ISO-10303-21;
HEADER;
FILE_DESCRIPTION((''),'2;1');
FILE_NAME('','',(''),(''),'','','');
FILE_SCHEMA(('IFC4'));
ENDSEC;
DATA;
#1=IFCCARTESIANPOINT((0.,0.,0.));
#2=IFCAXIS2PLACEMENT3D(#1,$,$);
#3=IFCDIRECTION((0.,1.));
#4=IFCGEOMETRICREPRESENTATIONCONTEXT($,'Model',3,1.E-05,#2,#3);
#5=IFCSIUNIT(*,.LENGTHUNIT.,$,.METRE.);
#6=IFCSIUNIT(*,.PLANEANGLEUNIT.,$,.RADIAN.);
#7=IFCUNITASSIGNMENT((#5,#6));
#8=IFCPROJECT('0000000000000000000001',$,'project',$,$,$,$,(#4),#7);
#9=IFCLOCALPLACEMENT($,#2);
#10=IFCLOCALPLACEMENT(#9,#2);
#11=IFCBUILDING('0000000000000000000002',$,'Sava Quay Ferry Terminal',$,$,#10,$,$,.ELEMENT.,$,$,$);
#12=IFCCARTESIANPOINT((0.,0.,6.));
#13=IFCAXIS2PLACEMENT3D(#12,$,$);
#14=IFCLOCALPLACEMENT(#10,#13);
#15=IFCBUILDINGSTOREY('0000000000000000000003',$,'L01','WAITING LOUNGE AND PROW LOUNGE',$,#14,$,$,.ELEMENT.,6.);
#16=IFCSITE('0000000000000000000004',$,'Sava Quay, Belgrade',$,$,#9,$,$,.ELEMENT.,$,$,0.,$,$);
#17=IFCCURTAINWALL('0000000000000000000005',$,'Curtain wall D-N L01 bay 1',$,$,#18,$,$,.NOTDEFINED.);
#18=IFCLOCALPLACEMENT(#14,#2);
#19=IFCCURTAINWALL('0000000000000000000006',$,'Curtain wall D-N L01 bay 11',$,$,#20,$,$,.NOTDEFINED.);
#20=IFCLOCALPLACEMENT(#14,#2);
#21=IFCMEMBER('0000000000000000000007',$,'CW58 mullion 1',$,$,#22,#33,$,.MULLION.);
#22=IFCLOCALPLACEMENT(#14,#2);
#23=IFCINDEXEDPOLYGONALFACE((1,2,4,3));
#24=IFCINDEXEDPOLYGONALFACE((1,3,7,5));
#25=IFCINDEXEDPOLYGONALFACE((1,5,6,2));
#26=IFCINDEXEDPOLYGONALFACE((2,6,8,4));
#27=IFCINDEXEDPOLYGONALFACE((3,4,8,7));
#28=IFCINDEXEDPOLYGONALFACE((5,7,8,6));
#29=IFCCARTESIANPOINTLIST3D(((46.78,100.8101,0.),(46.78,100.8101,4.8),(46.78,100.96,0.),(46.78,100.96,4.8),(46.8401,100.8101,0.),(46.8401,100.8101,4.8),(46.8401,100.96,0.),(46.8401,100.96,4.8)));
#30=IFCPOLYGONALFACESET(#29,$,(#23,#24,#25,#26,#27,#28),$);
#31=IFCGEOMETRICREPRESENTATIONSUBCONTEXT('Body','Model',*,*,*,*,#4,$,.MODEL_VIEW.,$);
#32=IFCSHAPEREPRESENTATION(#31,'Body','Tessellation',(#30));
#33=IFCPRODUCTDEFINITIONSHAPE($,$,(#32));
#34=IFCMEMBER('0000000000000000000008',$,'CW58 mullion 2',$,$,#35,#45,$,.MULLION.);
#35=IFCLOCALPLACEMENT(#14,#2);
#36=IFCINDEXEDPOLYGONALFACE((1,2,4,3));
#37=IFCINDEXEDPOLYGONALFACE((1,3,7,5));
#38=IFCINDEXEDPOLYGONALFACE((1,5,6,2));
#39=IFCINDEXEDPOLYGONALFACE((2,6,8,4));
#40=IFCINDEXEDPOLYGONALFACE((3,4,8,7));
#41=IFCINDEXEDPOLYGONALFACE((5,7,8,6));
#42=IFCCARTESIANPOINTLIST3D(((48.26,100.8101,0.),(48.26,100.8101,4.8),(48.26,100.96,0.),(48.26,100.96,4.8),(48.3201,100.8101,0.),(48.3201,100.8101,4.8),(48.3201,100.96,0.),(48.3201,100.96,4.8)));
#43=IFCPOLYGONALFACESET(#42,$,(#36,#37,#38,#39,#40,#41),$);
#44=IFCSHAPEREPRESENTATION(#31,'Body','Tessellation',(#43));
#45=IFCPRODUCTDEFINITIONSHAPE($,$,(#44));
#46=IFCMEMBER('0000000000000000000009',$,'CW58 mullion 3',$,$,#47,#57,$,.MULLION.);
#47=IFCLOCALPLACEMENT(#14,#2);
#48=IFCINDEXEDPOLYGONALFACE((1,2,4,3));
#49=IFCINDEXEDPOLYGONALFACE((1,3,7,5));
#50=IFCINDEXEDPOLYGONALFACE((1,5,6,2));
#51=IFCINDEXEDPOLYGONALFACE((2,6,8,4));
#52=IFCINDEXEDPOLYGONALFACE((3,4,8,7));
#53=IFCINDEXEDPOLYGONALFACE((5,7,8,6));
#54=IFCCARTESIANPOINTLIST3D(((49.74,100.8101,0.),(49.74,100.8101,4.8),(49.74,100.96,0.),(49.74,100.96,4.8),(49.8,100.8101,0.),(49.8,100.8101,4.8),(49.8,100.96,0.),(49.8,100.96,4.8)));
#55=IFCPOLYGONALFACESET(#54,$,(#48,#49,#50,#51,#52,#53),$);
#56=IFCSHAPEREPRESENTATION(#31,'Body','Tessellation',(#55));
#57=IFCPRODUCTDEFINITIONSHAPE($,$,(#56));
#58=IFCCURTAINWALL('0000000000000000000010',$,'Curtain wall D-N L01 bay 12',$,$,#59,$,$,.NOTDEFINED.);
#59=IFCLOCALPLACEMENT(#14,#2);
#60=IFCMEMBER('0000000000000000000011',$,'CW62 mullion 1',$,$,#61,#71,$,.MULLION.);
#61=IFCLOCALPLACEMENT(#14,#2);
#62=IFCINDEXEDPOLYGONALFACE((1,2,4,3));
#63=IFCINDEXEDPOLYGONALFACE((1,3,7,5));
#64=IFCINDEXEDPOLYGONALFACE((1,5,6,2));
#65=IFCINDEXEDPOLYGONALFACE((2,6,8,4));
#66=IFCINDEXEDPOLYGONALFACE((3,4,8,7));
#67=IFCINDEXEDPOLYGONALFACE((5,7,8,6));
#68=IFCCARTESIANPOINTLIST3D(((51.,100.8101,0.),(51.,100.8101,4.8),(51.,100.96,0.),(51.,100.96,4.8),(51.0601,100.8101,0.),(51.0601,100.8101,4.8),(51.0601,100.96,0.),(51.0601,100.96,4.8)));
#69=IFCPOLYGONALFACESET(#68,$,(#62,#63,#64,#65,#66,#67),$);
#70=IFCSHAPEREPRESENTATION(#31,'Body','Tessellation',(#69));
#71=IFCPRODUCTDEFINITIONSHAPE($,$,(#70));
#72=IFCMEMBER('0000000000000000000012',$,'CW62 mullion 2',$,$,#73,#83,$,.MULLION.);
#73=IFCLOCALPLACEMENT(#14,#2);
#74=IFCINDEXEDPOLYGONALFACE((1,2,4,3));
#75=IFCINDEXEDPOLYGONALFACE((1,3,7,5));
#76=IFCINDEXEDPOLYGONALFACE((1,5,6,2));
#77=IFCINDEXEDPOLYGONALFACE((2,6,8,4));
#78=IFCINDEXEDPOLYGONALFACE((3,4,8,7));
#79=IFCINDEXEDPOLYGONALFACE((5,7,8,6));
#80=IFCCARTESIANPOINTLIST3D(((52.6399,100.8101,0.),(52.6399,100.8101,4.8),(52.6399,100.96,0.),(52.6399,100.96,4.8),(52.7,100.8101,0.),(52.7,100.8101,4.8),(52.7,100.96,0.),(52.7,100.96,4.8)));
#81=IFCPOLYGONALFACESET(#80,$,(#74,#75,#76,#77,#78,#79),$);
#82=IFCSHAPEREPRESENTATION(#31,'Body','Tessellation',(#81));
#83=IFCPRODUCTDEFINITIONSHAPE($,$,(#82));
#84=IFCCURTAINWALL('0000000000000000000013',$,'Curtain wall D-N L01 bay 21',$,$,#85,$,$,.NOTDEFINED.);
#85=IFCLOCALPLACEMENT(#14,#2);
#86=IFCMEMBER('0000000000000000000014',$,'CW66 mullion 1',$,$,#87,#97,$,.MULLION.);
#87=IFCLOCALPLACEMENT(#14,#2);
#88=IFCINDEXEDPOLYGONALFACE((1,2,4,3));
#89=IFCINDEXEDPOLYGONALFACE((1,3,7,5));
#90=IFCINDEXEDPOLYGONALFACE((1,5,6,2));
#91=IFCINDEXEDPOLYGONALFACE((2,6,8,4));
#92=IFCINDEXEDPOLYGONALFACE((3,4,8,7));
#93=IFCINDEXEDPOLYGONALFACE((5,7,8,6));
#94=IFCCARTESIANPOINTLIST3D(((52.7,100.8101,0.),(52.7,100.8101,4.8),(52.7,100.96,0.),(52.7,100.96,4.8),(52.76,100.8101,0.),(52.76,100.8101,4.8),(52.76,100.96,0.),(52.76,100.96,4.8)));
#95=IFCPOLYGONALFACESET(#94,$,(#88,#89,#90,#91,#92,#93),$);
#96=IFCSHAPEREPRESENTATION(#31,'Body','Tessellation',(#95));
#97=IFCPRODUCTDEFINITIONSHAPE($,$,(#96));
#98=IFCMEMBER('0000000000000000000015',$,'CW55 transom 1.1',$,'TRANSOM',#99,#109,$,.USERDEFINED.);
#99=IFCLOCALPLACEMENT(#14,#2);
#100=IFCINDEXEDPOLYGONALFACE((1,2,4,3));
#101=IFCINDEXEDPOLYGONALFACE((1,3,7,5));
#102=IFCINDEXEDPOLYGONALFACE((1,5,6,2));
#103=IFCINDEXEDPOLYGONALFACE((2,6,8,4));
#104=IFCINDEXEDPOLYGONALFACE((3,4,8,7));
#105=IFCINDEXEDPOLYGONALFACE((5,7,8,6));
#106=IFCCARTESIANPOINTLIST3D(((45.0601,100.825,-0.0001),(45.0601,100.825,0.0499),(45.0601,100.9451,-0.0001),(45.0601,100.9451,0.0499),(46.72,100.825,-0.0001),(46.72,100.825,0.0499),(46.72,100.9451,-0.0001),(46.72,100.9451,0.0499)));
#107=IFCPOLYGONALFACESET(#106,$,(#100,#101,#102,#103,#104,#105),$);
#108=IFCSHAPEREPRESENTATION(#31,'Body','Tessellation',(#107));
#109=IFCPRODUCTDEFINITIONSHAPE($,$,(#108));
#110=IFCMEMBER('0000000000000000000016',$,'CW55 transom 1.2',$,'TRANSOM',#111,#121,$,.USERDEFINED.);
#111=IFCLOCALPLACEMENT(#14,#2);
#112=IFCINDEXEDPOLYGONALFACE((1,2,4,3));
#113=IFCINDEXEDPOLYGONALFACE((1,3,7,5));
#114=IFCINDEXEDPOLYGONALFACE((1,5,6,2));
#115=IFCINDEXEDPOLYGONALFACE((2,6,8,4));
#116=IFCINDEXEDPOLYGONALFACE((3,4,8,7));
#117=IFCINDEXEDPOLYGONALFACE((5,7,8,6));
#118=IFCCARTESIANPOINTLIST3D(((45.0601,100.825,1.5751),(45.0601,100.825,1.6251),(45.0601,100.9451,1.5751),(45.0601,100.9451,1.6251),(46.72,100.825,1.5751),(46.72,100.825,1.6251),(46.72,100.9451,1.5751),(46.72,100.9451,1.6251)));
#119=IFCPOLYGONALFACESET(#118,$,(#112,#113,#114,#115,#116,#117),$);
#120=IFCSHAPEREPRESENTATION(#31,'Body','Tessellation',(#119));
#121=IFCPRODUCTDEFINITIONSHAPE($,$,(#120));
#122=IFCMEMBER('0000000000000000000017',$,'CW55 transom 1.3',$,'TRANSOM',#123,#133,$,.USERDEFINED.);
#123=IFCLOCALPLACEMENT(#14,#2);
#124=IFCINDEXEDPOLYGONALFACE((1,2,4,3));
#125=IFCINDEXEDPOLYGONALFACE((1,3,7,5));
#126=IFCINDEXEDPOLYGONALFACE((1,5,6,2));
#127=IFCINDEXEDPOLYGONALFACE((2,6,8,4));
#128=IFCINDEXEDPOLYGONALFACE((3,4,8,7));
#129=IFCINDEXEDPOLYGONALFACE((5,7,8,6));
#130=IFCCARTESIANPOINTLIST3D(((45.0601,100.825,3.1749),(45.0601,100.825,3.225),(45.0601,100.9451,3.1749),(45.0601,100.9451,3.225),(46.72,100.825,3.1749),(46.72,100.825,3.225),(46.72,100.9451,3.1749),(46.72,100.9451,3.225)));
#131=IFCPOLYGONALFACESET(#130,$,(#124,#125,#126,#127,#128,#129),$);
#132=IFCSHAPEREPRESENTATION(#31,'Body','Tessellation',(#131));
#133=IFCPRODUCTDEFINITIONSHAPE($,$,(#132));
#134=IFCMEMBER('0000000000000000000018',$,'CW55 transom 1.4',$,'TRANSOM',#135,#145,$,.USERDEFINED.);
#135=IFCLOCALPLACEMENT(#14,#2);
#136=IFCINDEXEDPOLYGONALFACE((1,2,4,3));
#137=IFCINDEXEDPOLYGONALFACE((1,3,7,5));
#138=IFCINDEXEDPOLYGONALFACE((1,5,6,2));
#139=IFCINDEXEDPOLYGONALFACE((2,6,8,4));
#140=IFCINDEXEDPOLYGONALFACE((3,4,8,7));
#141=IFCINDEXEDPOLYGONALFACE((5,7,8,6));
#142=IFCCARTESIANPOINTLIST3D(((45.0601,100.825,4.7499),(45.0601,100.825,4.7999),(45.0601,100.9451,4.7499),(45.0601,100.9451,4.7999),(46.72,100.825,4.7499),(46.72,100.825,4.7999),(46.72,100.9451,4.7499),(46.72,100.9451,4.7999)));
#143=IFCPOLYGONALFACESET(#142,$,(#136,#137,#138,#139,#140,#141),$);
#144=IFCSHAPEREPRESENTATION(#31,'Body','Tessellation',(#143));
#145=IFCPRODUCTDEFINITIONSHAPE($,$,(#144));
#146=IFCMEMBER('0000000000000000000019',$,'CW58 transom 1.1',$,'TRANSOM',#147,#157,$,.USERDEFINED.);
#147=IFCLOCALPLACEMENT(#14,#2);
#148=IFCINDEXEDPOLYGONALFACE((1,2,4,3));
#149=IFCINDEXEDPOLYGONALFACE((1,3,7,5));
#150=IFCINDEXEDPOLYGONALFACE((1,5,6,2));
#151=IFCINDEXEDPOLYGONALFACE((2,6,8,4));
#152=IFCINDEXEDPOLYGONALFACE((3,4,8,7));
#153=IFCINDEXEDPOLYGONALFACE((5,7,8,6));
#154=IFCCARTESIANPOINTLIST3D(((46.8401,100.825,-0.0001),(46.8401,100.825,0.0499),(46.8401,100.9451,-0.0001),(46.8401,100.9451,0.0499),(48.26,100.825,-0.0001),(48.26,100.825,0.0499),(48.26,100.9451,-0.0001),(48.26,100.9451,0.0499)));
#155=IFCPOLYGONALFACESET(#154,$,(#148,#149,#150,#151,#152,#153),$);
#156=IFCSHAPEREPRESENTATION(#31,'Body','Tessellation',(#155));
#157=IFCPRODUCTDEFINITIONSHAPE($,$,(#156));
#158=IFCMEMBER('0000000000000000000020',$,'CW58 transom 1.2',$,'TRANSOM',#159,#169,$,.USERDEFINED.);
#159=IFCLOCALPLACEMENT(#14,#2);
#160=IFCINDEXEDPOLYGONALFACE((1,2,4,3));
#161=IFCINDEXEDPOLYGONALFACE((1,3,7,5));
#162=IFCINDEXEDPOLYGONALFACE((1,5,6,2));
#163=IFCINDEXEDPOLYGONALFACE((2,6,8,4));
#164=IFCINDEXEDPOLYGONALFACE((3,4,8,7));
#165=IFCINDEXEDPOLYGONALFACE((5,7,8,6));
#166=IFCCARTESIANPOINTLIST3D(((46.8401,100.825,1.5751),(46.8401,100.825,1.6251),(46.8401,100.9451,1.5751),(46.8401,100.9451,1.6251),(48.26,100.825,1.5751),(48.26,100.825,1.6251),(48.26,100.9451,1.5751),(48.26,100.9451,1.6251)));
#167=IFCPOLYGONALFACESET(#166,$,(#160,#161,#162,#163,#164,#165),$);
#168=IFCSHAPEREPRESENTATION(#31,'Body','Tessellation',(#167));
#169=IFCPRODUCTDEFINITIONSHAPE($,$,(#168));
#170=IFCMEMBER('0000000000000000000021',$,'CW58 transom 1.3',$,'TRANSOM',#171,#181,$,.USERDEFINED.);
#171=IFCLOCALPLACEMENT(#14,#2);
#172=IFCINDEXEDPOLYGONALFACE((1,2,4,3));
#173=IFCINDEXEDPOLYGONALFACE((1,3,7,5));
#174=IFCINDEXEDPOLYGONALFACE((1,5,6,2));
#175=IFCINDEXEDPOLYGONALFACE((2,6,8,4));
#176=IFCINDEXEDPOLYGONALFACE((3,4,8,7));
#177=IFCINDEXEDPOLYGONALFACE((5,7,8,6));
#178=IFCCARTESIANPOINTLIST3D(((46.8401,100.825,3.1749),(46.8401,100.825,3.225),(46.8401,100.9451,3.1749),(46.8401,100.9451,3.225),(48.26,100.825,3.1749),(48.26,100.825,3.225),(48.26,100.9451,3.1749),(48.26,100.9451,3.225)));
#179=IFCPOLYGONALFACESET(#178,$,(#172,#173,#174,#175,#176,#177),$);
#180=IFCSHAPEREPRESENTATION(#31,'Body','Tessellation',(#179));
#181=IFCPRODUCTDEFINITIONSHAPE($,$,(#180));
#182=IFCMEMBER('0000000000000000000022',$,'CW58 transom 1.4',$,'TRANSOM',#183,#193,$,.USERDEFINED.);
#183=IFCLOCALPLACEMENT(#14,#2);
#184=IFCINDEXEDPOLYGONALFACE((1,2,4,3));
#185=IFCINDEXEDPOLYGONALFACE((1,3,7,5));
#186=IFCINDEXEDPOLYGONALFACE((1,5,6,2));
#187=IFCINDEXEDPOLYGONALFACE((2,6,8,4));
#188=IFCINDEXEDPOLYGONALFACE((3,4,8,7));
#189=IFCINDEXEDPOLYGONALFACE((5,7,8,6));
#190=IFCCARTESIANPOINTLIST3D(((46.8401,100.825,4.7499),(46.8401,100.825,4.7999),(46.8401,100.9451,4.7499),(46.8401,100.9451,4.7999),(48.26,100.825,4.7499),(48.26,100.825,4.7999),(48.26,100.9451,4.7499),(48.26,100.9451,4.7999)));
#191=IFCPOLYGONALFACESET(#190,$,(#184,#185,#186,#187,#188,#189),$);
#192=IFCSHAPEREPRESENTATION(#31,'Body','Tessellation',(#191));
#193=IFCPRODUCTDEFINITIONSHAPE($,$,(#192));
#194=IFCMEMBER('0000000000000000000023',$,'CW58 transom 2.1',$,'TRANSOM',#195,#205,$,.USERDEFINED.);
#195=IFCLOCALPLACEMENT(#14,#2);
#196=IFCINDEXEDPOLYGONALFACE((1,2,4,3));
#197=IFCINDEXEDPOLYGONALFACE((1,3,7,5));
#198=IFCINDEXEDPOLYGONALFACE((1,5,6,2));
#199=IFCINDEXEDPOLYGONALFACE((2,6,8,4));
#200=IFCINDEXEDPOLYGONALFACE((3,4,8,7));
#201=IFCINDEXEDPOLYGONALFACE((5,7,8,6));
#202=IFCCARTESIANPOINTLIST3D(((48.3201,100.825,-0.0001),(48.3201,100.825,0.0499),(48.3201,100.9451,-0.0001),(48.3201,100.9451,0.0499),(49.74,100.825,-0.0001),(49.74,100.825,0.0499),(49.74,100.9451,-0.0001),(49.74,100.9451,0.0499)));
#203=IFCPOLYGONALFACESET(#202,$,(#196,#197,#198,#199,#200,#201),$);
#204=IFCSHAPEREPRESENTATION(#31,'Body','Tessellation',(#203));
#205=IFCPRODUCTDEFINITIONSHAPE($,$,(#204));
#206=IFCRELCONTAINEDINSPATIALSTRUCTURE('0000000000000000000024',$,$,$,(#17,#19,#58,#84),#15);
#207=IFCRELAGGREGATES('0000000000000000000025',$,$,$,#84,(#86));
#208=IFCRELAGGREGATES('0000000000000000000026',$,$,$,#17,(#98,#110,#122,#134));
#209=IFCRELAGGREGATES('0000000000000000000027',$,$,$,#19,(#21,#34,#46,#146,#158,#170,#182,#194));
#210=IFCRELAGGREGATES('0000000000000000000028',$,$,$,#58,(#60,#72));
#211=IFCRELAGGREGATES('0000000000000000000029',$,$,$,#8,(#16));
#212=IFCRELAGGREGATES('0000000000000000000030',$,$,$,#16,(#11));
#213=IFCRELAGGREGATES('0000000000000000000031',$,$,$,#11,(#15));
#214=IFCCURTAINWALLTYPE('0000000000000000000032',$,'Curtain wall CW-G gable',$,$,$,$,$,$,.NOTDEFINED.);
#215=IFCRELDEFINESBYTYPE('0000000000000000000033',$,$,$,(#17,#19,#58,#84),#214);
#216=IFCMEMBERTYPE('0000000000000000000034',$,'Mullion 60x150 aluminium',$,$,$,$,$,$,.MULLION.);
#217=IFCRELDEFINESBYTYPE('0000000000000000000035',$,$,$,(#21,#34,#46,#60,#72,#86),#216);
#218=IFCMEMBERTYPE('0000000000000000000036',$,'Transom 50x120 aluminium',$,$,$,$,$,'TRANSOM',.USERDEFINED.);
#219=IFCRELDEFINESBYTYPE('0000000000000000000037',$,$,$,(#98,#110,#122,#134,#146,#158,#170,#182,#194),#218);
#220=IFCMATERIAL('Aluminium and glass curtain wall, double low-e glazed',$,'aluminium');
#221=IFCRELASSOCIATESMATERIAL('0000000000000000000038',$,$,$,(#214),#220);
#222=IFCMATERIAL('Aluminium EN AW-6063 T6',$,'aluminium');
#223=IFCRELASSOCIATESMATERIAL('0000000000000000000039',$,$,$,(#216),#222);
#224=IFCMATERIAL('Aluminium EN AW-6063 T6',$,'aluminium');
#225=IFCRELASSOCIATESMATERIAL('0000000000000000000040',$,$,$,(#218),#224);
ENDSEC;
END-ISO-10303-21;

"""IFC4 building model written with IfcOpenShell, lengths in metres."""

from ifc_helpers import new_model, si_unit, direction, frame, origin, origin_2d, place, context, subcontext, project, spatial, rectangle, extrude, material, material_profile, profile_set, type_object, element, aggregate, save


model = new_model("IFC4")

# Units and contexts
model_context = context("Model", 3, precision=1e-05, world=origin(), true_north=direction((0.0, 1.0)))
body_context = subcontext(model_context, "Body", "Model", "MODEL_VIEW")
ifc_project = project(units=[si_unit("LENGTHUNIT", "METRE"), si_unit("PLANEANGLEUNIT", "RADIAN")], contexts=[model_context])

# Site, building, storey
site_placement = place(None, origin())
site = spatial("IfcSite", under=ifc_project, at=site_placement, Name="Sava Quay, Belgrade", CompositionType="ELEMENT", RefElevation=0.0)
building_placement = place(site_placement, origin())
building = spatial("IfcBuilding", under=site, at=building_placement, Name="Sava Quay Ferry Terminal", CompositionType="ELEMENT")
storey_placement = place(building_placement, frame((0.0, 0.0, 6.0)))
storey = spatial("IfcBuildingStorey", under=building, at=storey_placement, Name="L01", Description="WAITING LOUNGE AND PROW LOUNGE", CompositionType="ELEMENT", Elevation=6.0)

# Curtain walls, members
ifc_material_1 = material(Name="Aluminium and glass curtain wall, double low-e glazed", Category="aluminium")
curtain_wall_type = type_object("IfcCurtainWallType", Name="Curtain wall CW-G gable", PredefinedType="NOTDEFINED", material=ifc_material_1)
curtain_wall_1_placement = place(storey_placement, origin())
curtain_wall_1 = element("IfcCurtainWall", 1, at=curtain_wall_1_placement, inside=storey, type_object=curtain_wall_type, Name="Curtain wall D-N L01 bay 1", PredefinedType="NOTDEFINED")
ifc_material_2 = material(Name="Aluminium EN AW-6063 T6", Category="aluminium")
ifc_material_profile_1 = material_profile(ifc_material_2, rectangle(XDim=0.1499, YDim=0.0601, at=origin_2d()), Name="Mullion 60x150 aluminium")
ifc_profile_set_1 = profile_set([ifc_material_profile_1], Name="Aluminium EN AW-6063 T6")
member_type_1 = type_object("IfcMemberType", Name="Mullion 60x150 aluminium", PredefinedType="MULLION", material=ifc_profile_set_1)
curtain_wall_2_placement = place(storey_placement, origin())
curtain_wall_2 = element("IfcCurtainWall", 2, at=curtain_wall_2_placement, inside=storey, type_object=curtain_wall_type, Name="Curtain wall D-N L01 bay 11", PredefinedType="NOTDEFINED")
member_1_placement = place(storey_placement, frame((46.8101, 100.885, 0.0), z_axis=(0.0, 0.0, 1.0), x_axis=(0.0, 1.0, 0.0)))
member_1 = element("IfcMember", 3, at=member_1_placement, type_object=member_type_1, Name="CW58 mullion 1", PredefinedType="MULLION", context=body_context, shape_type="SweptSolid", body=[
    extrude(rectangle(XDim=0.1499, YDim=0.0601, at=origin_2d()), origin(), (0.0, 0.0, 1.0), 4.8),
])
member_2_placement = place(storey_placement, frame((48.29, 100.885, 0.0), z_axis=(0.0, 0.0, 1.0), x_axis=(0.0, 1.0, 0.0)))
member_2 = element("IfcMember", 4, at=member_2_placement, type_object=member_type_1, Name="CW58 mullion 2", PredefinedType="MULLION", context=body_context, shape_type="SweptSolid", body=[
    extrude(rectangle(XDim=0.1499, YDim=0.0601, at=origin_2d()), origin(), (0.0, 0.0, 1.0), 4.8),
])
member_3_placement = place(storey_placement, frame((49.77, 100.885, 0.0), z_axis=(0.0, 0.0, 1.0), x_axis=(0.0, 1.0, 0.0)))
member_3 = element("IfcMember", 5, at=member_3_placement, type_object=member_type_1, Name="CW58 mullion 3", PredefinedType="MULLION", context=body_context, shape_type="SweptSolid", body=[
    extrude(rectangle(XDim=0.1499, YDim=0.0601, at=origin_2d()), origin(), (0.0, 0.0, 1.0), 4.8),
])
curtain_wall_3_placement = place(storey_placement, origin())
curtain_wall_3 = element("IfcCurtainWall", 6, at=curtain_wall_3_placement, inside=storey, type_object=curtain_wall_type, Name="Curtain wall D-N L01 bay 12", PredefinedType="NOTDEFINED")
member_4_placement = place(storey_placement, frame((51.03, 100.885, 0.0), z_axis=(0.0, 0.0, 1.0), x_axis=(0.0, 1.0, 0.0)))
member_4 = element("IfcMember", 7, at=member_4_placement, type_object=member_type_1, Name="CW62 mullion 1", PredefinedType="MULLION", context=body_context, shape_type="SweptSolid", body=[
    extrude(rectangle(XDim=0.1499, YDim=0.0601, at=origin_2d()), origin(), (0.0, 0.0, 1.0), 4.8),
])
member_5_placement = place(storey_placement, frame((52.6699, 100.885, 0.0), z_axis=(0.0, 0.0, 1.0), x_axis=(0.0, 1.0, 0.0)))
member_5 = element("IfcMember", 8, at=member_5_placement, type_object=member_type_1, Name="CW62 mullion 2", PredefinedType="MULLION", context=body_context, shape_type="SweptSolid", body=[
    extrude(rectangle(XDim=0.1499, YDim=0.0601, at=origin_2d()), origin(), (0.0, 0.0, 1.0), 4.8),
])

# Curtain wall, member
curtain_wall_4_placement = place(storey_placement, origin())
curtain_wall_4 = element("IfcCurtainWall", 9, at=curtain_wall_4_placement, inside=storey, type_object=curtain_wall_type, Name="Curtain wall D-N L01 bay 21", PredefinedType="NOTDEFINED")
member_6_placement = place(storey_placement, frame((52.73, 100.885, 0.0), z_axis=(0.0, 0.0, 1.0), x_axis=(0.0, 1.0, 0.0)))
member_6 = element("IfcMember", 10, at=member_6_placement, type_object=member_type_1, Name="CW66 mullion 1", PredefinedType="MULLION", context=body_context, shape_type="SweptSolid", body=[
    extrude(rectangle(XDim=0.1499, YDim=0.0601, at=origin_2d()), origin(), (0.0, 0.0, 1.0), 4.8),
])
aggregate(curtain_wall_4, [member_6])

# Members
ifc_material_3 = material(Name="Aluminium EN AW-6063 T6", Category="aluminium")
ifc_material_profile_2 = material_profile(ifc_material_3, rectangle(XDim=0.1201, YDim=0.05, at=origin_2d()), Name="Transom 50x120 aluminium")
ifc_profile_set_2 = profile_set([ifc_material_profile_2], Name="Aluminium EN AW-6063 T6")
member_type_2 = type_object("IfcMemberType", Name="Transom 50x120 aluminium", ElementType="TRANSOM", PredefinedType="USERDEFINED", material=ifc_profile_set_2)
member_7_placement = place(storey_placement, frame((45.0601, 100.885, 0.0249), z_axis=(1.0, 0.0, 0.0), x_axis=(0.0, 1.0, 0.0)))
member_7 = element("IfcMember", 11, at=member_7_placement, type_object=member_type_2, Name="CW55 transom 1.1", ObjectType="TRANSOM", PredefinedType="USERDEFINED", context=body_context, shape_type="SweptSolid", body=[
    extrude(rectangle(XDim=0.1201, YDim=0.05, at=origin_2d()), origin(), (0.0, 0.0, 1.0), 1.6599),
])
member_8_placement = place(storey_placement, frame((45.0601, 100.885, 1.6001), z_axis=(1.0, 0.0, 0.0), x_axis=(0.0, 1.0, 0.0)))
member_8 = element("IfcMember", 12, at=member_8_placement, type_object=member_type_2, Name="CW55 transom 1.2", ObjectType="TRANSOM", PredefinedType="USERDEFINED", context=body_context, shape_type="SweptSolid", body=[
    extrude(rectangle(XDim=0.1201, YDim=0.05, at=origin_2d()), origin(), (0.0, 0.0, 1.0), 1.6599),
])
member_9_placement = place(storey_placement, frame((45.0601, 100.885, 3.2), z_axis=(1.0, 0.0, 0.0), x_axis=(0.0, 1.0, 0.0)))
member_9 = element("IfcMember", 13, at=member_9_placement, type_object=member_type_2, Name="CW55 transom 1.3", ObjectType="TRANSOM", PredefinedType="USERDEFINED", context=body_context, shape_type="SweptSolid", body=[
    extrude(rectangle(XDim=0.1201, YDim=0.05, at=origin_2d()), origin(), (0.0, 0.0, 1.0), 1.6599),
])
member_10_placement = place(storey_placement, frame((45.0601, 100.885, 4.7749), z_axis=(1.0, 0.0, 0.0), x_axis=(0.0, 1.0, 0.0)))
member_10 = element("IfcMember", 14, at=member_10_placement, type_object=member_type_2, Name="CW55 transom 1.4", ObjectType="TRANSOM", PredefinedType="USERDEFINED", context=body_context, shape_type="SweptSolid", body=[
    extrude(rectangle(XDim=0.1201, YDim=0.05, at=origin_2d()), origin(), (0.0, 0.0, 1.0), 1.6599),
])
member_11_placement = place(storey_placement, frame((46.8401, 100.885, 0.0249), z_axis=(1.0, 0.0, 0.0), x_axis=(0.0, 1.0, 0.0)))
member_11 = element("IfcMember", 15, at=member_11_placement, type_object=member_type_2, Name="CW58 transom 1.1", ObjectType="TRANSOM", PredefinedType="USERDEFINED", context=body_context, shape_type="SweptSolid", body=[
    extrude(rectangle(XDim=0.1201, YDim=0.05, at=origin_2d()), origin(), (0.0, 0.0, 1.0), 1.4199),
])
member_12_placement = place(storey_placement, frame((46.8401, 100.885, 1.6001), z_axis=(1.0, 0.0, 0.0), x_axis=(0.0, 1.0, 0.0)))
member_12 = element("IfcMember", 16, at=member_12_placement, type_object=member_type_2, Name="CW58 transom 1.2", ObjectType="TRANSOM", PredefinedType="USERDEFINED", context=body_context, shape_type="SweptSolid", body=[
    extrude(rectangle(XDim=0.1201, YDim=0.05, at=origin_2d()), origin(), (0.0, 0.0, 1.0), 1.4199),
])
member_13_placement = place(storey_placement, frame((46.8401, 100.885, 3.2), z_axis=(1.0, 0.0, 0.0), x_axis=(0.0, 1.0, 0.0)))
member_13 = element("IfcMember", 17, at=member_13_placement, type_object=member_type_2, Name="CW58 transom 1.3", ObjectType="TRANSOM", PredefinedType="USERDEFINED", context=body_context, shape_type="SweptSolid", body=[
    extrude(rectangle(XDim=0.1201, YDim=0.05, at=origin_2d()), origin(), (0.0, 0.0, 1.0), 1.4199),
])
member_14_placement = place(storey_placement, frame((46.8401, 100.885, 4.7749), z_axis=(1.0, 0.0, 0.0), x_axis=(0.0, 1.0, 0.0)))
member_14 = element("IfcMember", 18, at=member_14_placement, type_object=member_type_2, Name="CW58 transom 1.4", ObjectType="TRANSOM", PredefinedType="USERDEFINED", context=body_context, shape_type="SweptSolid", body=[
    extrude(rectangle(XDim=0.1201, YDim=0.05, at=origin_2d()), origin(), (0.0, 0.0, 1.0), 1.4199),
])
member_15_placement = place(storey_placement, frame((48.3201, 100.885, 0.0249), z_axis=(1.0, 0.0, 0.0), x_axis=(0.0, 1.0, 0.0)))
member_15 = element("IfcMember", 19, at=member_15_placement, type_object=member_type_2, Name="CW58 transom 2.1", ObjectType="TRANSOM", PredefinedType="USERDEFINED", context=body_context, shape_type="SweptSolid", body=[
    extrude(rectangle(XDim=0.1201, YDim=0.05, at=origin_2d()), origin(), (0.0, 0.0, 1.0), 1.4199),
])

aggregate(curtain_wall_1, [member_7, member_8, member_9, member_10])
aggregate(curtain_wall_2, [member_1, member_2, member_3, member_11, member_12, member_13, member_14, member_15])
aggregate(curtain_wall_3, [member_4, member_5])

save(model, "model.ifc")
